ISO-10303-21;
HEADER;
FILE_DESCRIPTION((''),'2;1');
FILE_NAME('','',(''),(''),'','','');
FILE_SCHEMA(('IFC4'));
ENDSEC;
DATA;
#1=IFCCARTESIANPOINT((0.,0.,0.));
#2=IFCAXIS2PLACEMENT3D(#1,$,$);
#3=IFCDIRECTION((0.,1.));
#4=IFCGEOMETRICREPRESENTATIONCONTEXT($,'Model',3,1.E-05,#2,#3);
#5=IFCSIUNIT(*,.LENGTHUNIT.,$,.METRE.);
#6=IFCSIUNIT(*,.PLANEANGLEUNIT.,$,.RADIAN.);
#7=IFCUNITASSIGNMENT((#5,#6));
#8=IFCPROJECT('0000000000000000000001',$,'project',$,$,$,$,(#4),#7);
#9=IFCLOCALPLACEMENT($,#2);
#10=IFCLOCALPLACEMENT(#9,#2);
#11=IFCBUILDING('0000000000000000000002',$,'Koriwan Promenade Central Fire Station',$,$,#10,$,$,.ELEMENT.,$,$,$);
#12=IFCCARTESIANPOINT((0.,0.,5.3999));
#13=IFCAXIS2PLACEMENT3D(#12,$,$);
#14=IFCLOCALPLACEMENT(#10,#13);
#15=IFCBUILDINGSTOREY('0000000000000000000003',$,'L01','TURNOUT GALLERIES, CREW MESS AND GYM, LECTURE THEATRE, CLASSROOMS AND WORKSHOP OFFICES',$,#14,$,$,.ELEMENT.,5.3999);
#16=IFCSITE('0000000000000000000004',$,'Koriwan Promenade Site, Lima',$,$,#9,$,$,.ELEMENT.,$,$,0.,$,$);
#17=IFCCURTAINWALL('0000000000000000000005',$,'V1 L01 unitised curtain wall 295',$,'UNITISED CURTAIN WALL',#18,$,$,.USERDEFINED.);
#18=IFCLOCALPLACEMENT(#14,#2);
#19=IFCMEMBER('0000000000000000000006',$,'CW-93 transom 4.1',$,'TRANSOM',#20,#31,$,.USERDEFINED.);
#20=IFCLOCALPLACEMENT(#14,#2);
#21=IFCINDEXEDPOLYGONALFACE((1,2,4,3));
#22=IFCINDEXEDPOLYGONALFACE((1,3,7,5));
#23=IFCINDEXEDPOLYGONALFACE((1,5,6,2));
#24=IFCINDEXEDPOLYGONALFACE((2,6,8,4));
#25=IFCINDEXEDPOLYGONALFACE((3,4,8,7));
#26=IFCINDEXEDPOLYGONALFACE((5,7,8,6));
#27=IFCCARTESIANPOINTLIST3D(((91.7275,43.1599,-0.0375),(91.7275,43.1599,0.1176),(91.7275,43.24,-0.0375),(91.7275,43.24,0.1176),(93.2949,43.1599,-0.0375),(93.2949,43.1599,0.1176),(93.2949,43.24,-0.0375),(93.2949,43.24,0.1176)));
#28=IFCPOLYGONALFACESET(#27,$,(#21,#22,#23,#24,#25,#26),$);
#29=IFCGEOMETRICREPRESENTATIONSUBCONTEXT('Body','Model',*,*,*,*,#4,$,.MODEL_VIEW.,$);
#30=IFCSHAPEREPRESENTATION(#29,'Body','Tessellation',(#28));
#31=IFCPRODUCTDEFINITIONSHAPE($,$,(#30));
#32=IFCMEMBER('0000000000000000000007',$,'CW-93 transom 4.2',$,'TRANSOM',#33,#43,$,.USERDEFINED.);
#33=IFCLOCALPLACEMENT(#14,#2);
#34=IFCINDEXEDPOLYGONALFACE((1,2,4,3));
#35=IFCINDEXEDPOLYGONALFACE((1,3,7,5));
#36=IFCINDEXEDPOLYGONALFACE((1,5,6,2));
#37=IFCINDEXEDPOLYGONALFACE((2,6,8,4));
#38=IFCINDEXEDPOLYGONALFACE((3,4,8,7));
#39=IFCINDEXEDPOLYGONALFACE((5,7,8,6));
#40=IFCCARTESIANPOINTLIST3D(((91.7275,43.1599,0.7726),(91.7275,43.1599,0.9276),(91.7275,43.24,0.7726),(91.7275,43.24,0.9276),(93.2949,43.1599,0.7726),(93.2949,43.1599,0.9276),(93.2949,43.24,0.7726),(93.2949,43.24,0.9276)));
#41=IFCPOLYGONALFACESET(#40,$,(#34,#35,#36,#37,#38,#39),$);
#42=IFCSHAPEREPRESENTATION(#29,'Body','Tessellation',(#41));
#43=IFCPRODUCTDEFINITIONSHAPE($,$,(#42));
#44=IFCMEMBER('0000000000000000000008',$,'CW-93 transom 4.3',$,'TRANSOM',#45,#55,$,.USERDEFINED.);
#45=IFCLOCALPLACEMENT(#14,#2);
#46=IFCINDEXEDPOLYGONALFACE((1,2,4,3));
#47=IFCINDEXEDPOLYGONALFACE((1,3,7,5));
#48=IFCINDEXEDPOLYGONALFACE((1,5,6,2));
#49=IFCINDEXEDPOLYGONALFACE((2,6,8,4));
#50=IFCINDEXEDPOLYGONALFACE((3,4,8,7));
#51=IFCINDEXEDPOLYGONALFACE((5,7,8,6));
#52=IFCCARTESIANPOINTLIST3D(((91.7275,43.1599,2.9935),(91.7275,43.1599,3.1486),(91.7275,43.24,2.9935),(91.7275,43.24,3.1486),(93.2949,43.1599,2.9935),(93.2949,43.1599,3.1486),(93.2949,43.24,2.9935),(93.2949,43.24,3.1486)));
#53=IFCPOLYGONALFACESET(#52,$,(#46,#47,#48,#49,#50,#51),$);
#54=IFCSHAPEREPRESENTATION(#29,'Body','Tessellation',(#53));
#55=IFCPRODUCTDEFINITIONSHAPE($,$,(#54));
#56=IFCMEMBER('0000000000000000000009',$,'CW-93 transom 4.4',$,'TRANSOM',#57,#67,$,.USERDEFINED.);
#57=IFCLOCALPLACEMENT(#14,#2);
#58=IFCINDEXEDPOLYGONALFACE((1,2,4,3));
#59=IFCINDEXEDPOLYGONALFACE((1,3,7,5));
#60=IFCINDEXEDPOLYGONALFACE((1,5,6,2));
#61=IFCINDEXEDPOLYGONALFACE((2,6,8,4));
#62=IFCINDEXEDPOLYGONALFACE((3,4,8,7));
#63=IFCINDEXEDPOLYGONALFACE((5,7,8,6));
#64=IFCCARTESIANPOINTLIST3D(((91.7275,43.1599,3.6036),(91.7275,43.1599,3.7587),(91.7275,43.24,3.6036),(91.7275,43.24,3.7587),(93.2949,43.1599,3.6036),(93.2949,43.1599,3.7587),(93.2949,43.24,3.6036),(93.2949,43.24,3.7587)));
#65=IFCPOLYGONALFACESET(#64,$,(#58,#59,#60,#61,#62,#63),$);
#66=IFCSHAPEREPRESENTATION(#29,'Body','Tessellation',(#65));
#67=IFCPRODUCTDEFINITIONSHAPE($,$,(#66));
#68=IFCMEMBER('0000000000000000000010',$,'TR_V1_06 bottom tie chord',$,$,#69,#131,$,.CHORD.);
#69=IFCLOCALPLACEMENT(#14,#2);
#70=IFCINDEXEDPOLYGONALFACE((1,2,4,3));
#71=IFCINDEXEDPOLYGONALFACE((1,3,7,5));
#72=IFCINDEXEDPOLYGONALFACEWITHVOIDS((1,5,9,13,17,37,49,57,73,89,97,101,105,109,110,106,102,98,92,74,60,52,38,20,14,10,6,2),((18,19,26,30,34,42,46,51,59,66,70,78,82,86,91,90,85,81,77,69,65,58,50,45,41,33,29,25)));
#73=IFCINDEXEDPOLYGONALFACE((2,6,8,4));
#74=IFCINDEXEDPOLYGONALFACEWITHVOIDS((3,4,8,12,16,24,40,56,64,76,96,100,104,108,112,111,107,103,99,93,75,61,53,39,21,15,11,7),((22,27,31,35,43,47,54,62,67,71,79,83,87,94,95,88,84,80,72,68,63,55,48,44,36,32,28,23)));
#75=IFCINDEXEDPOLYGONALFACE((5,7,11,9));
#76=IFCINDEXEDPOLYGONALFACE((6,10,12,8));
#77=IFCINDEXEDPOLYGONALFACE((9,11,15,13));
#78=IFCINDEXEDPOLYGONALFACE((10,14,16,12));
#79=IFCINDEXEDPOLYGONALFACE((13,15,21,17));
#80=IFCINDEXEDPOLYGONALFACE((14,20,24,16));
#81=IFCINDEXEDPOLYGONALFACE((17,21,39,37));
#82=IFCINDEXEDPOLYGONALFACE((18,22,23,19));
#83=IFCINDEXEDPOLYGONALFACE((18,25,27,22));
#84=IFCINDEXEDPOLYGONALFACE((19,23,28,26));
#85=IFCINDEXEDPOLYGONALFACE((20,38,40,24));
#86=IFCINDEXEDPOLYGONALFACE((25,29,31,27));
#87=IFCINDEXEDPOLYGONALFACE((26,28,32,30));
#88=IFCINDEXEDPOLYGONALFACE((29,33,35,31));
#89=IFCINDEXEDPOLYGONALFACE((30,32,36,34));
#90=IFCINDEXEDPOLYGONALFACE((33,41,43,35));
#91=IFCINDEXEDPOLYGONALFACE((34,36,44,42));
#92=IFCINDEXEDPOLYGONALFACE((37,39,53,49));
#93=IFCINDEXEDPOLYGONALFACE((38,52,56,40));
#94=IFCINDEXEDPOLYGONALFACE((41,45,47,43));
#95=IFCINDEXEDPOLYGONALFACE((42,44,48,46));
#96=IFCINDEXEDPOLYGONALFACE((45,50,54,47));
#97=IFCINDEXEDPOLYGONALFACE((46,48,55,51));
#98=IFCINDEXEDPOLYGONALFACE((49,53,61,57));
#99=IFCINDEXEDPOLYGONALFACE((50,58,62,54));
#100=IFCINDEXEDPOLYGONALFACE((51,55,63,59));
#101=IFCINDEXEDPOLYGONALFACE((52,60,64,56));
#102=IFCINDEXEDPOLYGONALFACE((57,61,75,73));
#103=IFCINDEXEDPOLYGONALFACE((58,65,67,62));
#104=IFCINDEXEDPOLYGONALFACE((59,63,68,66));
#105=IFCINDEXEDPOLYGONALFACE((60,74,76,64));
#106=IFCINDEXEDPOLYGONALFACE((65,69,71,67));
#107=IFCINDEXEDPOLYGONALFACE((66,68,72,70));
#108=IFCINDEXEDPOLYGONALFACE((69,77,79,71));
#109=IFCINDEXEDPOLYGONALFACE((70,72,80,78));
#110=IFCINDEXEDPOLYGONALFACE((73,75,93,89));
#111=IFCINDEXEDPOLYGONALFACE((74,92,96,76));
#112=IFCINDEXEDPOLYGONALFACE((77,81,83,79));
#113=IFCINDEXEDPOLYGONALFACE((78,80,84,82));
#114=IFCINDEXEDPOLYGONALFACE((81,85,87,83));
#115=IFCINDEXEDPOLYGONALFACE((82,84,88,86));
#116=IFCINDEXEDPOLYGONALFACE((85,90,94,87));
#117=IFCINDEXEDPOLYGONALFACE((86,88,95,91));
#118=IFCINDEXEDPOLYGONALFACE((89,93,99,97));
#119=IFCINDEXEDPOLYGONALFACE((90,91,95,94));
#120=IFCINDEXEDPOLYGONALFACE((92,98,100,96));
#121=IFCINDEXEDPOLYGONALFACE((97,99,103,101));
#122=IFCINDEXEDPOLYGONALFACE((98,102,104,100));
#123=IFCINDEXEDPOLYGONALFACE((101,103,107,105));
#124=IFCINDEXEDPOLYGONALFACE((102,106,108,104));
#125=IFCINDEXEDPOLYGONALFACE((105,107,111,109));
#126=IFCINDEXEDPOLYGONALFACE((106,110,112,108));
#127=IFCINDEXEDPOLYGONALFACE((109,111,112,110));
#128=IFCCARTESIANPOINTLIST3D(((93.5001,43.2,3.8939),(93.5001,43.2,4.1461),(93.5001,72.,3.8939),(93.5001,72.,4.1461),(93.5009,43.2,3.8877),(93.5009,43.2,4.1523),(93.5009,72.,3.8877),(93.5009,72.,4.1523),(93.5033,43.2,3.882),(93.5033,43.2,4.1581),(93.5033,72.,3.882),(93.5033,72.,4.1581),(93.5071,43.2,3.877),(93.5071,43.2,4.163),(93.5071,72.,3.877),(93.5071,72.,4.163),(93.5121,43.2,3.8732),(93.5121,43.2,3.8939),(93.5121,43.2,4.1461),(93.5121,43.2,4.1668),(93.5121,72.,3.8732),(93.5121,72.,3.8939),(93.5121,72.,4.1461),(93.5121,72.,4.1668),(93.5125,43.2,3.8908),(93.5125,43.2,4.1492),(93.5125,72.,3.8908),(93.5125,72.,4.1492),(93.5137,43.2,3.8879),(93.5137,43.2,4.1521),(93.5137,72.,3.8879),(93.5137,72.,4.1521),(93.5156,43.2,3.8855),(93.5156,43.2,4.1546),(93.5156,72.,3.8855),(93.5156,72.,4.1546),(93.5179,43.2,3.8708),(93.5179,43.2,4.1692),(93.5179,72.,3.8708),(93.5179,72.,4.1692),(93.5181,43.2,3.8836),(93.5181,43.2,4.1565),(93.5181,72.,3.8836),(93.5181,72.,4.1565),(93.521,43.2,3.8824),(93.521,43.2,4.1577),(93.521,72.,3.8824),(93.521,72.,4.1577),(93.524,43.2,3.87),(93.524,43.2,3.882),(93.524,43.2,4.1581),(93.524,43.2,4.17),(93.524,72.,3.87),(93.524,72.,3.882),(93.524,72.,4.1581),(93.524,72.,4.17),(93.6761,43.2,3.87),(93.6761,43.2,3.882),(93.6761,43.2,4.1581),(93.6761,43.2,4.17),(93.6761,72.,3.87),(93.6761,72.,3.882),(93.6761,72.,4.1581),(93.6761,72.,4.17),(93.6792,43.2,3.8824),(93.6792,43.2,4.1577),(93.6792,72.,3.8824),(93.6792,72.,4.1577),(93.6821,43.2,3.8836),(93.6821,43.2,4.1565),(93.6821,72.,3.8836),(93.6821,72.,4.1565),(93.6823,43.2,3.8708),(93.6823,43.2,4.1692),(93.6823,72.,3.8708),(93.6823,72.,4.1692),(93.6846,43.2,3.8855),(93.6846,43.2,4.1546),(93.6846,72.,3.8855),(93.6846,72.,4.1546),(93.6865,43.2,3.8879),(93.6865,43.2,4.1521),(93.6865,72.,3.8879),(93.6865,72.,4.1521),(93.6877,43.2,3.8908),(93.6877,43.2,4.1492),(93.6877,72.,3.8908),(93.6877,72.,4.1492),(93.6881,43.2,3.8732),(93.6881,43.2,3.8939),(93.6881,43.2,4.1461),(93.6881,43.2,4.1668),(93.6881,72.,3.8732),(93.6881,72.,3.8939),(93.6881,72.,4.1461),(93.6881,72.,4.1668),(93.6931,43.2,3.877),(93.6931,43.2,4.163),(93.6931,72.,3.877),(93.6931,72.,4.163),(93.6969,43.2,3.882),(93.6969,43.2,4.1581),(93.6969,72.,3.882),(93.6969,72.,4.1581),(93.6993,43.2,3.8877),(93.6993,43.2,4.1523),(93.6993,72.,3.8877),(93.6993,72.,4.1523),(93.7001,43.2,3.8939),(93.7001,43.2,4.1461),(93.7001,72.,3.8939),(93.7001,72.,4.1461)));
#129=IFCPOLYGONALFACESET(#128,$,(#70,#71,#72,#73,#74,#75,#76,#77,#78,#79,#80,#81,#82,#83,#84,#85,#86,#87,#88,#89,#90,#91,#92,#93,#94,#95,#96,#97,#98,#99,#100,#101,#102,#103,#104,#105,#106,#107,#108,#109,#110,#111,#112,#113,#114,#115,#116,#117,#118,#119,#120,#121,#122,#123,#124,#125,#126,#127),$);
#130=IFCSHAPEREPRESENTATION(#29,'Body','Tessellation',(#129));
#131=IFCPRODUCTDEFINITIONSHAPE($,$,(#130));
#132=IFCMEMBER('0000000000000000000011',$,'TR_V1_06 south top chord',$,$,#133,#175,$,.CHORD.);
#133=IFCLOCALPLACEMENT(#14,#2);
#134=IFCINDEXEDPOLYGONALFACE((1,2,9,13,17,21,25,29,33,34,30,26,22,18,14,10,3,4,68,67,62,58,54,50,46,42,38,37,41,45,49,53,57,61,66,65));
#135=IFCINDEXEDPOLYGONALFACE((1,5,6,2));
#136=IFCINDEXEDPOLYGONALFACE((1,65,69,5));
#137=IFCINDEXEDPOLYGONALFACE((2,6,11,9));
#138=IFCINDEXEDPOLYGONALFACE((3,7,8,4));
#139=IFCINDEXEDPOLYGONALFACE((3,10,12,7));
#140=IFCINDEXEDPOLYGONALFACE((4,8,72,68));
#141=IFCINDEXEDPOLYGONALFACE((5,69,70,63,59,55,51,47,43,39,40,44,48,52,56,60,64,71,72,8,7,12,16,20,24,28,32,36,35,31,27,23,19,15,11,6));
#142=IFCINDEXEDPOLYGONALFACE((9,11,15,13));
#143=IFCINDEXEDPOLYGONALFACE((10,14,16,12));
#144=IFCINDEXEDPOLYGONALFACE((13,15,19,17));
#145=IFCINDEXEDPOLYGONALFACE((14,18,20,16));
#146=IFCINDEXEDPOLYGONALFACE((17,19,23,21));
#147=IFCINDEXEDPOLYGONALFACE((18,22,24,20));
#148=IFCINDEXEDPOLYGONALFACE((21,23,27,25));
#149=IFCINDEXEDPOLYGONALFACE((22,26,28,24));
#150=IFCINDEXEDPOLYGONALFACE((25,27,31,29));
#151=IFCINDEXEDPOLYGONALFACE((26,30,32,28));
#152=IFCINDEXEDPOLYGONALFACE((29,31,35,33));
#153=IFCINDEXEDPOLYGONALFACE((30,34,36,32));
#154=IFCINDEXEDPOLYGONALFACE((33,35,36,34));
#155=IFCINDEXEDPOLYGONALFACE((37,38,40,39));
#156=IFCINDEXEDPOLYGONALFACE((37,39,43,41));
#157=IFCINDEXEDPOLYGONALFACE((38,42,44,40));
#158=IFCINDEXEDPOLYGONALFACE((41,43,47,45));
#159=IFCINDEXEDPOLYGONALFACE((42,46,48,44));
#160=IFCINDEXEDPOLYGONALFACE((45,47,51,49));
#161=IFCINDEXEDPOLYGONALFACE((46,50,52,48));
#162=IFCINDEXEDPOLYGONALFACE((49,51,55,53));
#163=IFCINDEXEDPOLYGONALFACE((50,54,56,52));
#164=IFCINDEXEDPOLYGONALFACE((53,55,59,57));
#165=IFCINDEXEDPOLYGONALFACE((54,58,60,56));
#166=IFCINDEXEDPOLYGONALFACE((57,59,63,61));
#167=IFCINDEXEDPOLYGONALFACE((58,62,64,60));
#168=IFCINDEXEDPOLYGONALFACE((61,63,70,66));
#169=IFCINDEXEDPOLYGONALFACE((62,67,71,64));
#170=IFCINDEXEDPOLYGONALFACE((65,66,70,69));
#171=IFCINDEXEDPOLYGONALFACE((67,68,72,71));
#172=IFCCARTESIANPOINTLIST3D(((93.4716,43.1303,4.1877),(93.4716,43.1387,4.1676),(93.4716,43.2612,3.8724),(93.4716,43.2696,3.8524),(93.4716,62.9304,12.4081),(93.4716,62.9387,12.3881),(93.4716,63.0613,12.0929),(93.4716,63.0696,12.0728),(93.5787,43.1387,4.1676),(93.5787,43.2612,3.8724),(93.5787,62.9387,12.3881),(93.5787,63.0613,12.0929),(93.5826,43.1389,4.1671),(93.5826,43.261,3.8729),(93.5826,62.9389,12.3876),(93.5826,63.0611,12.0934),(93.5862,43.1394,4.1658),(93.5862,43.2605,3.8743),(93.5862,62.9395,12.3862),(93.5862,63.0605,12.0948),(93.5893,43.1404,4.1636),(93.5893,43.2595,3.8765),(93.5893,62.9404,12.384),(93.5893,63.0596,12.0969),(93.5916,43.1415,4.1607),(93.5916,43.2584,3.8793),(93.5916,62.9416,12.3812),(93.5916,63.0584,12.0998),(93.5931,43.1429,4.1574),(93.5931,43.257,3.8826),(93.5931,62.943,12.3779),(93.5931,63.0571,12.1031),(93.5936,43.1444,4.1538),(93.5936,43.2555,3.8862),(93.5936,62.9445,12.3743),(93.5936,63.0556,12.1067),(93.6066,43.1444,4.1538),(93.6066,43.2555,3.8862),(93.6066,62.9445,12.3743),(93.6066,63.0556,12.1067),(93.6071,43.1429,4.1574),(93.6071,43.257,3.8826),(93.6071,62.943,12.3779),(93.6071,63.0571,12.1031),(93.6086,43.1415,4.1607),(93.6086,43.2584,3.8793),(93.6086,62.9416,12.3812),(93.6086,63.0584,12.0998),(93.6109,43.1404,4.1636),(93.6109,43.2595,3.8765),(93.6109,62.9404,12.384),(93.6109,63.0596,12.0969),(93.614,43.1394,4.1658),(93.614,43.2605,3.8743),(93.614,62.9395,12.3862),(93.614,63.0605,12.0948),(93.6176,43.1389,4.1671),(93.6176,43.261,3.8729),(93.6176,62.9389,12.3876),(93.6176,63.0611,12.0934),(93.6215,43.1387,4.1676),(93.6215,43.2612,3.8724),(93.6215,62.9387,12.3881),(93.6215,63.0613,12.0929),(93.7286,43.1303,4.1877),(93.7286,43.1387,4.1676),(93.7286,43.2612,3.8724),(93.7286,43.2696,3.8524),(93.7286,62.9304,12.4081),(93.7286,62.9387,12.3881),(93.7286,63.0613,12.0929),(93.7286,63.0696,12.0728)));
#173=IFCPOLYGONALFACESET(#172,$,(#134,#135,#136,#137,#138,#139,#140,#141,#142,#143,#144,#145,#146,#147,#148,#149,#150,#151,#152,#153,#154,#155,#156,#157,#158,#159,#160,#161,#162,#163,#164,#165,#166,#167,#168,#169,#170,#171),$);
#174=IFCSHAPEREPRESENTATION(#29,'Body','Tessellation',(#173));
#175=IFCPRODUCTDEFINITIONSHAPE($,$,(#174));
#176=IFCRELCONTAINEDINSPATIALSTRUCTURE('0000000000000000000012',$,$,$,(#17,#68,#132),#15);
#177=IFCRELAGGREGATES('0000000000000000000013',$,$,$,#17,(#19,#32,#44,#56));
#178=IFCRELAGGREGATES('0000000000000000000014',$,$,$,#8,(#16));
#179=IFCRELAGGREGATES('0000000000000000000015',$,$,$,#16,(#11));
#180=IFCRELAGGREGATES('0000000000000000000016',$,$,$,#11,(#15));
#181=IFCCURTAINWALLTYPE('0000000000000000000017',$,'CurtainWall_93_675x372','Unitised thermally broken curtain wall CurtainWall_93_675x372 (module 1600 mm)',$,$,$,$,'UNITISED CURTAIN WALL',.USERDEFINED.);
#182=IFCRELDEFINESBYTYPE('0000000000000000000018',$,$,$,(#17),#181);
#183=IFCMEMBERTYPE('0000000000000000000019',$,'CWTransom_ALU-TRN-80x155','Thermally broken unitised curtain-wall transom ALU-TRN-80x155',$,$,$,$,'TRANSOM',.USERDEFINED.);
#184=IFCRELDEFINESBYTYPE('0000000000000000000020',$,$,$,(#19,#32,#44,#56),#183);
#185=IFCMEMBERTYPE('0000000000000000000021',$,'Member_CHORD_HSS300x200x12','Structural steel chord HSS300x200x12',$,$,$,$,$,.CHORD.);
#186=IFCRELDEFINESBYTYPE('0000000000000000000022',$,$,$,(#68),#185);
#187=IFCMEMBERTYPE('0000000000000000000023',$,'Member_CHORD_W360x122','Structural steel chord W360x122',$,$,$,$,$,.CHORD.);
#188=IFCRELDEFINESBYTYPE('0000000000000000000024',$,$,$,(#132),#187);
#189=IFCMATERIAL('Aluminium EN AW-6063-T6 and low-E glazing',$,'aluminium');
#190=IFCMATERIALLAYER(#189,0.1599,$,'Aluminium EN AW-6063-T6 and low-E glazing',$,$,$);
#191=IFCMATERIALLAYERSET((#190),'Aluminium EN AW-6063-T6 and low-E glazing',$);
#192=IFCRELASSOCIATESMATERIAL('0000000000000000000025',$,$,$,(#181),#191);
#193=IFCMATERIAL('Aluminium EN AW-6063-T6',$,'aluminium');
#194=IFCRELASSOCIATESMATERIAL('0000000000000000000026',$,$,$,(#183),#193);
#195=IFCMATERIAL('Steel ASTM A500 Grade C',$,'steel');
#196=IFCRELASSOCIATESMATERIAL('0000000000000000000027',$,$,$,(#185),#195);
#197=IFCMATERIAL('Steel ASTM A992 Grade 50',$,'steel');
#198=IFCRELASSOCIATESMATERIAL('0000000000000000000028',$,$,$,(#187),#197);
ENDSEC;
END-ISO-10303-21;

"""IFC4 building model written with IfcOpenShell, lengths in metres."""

from ifc_helpers import new_model, si_unit, direction, frame, origin, origin_2d, place, context, subcontext, project, spatial, rectangle, hollow_rectangle, i_section, extrude, material, layer, layer_set, material_profile, profile_set, type_object, element, aggregate, save


model = new_model("IFC4")

# Units and contexts
model_context = context("Model", 3, precision=1e-05, world=origin(), true_north=direction((0.0, 1.0)))
body_context = subcontext(model_context, "Body", "Model", "MODEL_VIEW")
ifc_project = project(units=[si_unit("LENGTHUNIT", "METRE"), si_unit("PLANEANGLEUNIT", "RADIAN")], contexts=[model_context])

# Site, building, storey
site_placement = place(None, origin())
site = spatial("IfcSite", under=ifc_project, at=site_placement, Name="Koriwan Promenade Site, Lima", CompositionType="ELEMENT", RefElevation=0.0)
building_placement = place(site_placement, origin())
building = spatial("IfcBuilding", under=site, at=building_placement, Name="Koriwan Promenade Central Fire Station", CompositionType="ELEMENT")
storey_placement = place(building_placement, frame((0.0, 0.0, 5.3999)))
storey = spatial("IfcBuildingStorey", under=building, at=storey_placement, Name="L01", Description="TURNOUT GALLERIES, CREW MESS AND GYM, LECTURE THEATRE, CLASSROOMS AND WORKSHOP OFFICES", CompositionType="ELEMENT", Elevation=5.3999)

# Curtain wall
ifc_material_1 = material(Name="Aluminium EN AW-6063-T6 and low-E glazing", Category="aluminium")
ifc_layer_1 = layer(ifc_material_1, 0.1599, Name="Aluminium EN AW-6063-T6 and low-E glazing")
ifc_layer_set_1 = layer_set([ifc_layer_1], Name="Aluminium EN AW-6063-T6 and low-E glazing")
curtain_wall_type = type_object("IfcCurtainWallType", Name="CurtainWall_93_675x372", Description="Unitised thermally broken curtain wall CurtainWall_93_675x372 (module 1600 mm)", ElementType="UNITISED CURTAIN WALL", PredefinedType="USERDEFINED", material=ifc_layer_set_1)
curtain_wall_1_placement = place(storey_placement, origin())
curtain_wall_1 = element("IfcCurtainWall", 1, at=curtain_wall_1_placement, inside=storey, type_object=curtain_wall_type, Name="V1 L01 unitised curtain wall 295", ObjectType="UNITISED CURTAIN WALL", PredefinedType="USERDEFINED")
ifc_material_2 = material(Name="Aluminium EN AW-6063-T6", Category="aluminium")

# Members
ifc_material_profile_1 = material_profile(ifc_material_2, rectangle(XDim=0.0801, YDim=0.155, at=origin_2d()), Name="ALU-TRN-80x155")
ifc_profile_set_1 = profile_set([ifc_material_profile_1], Name="Aluminium EN AW-6063-T6")
member_type_1 = type_object("IfcMemberType", Name="CWTransom_ALU-TRN-80x155", Description="Thermally broken unitised curtain-wall transom ALU-TRN-80x155", ElementType="TRANSOM", PredefinedType="USERDEFINED", material=ifc_profile_set_1)
member_1_placement = place(storey_placement, frame((91.7275, 43.2, 0.04), z_axis=(1.0, 0.0, 0.0), x_axis=(0.0, 1.0, 0.0)))
member_1 = element("IfcMember", 2, at=member_1_placement, type_object=member_type_1, Name="CW-93 transom 4.1", ObjectType="TRANSOM", PredefinedType="USERDEFINED", context=body_context, shape_type="SweptSolid", body=[
    extrude(rectangle(XDim=0.0801, YDim=0.155, at=origin_2d()), origin(), (0.0, 0.0, 1.0), 1.5674),
])
member_2_placement = place(storey_placement, frame((91.7275, 43.2, 0.8501), z_axis=(1.0, 0.0, 0.0), x_axis=(0.0, 1.0, 0.0)))
member_2 = element("IfcMember", 3, at=member_2_placement, type_object=member_type_1, Name="CW-93 transom 4.2", ObjectType="TRANSOM", PredefinedType="USERDEFINED", context=body_context, shape_type="SweptSolid", body=[
    extrude(rectangle(XDim=0.0801, YDim=0.155, at=origin_2d()), origin(), (0.0, 0.0, 1.0), 1.5674),
])
member_3_placement = place(storey_placement, frame((91.7275, 43.2, 3.071), z_axis=(1.0, 0.0, 0.0), x_axis=(0.0, 1.0, 0.0)))
member_3 = element("IfcMember", 4, at=member_3_placement, type_object=member_type_1, Name="CW-93 transom 4.3", ObjectType="TRANSOM", PredefinedType="USERDEFINED", context=body_context, shape_type="SweptSolid", body=[
    extrude(rectangle(XDim=0.0801, YDim=0.155, at=origin_2d()), origin(), (0.0, 0.0, 1.0), 1.5674),
])
member_4_placement = place(storey_placement, frame((91.7275, 43.2, 3.6812), z_axis=(1.0, 0.0, 0.0), x_axis=(0.0, 1.0, 0.0)))
member_4 = element("IfcMember", 5, at=member_4_placement, type_object=member_type_1, Name="CW-93 transom 4.4", ObjectType="TRANSOM", PredefinedType="USERDEFINED", context=body_context, shape_type="SweptSolid", body=[
    extrude(rectangle(XDim=0.0801, YDim=0.155, at=origin_2d()), origin(), (0.0, 0.0, 1.0), 1.5674),
])

# Members
ifc_material_3 = material(Name="Steel ASTM A500 Grade C", Category="steel")
ifc_material_profile_2 = material_profile(ifc_material_3, hollow_rectangle(XDim=0.2, YDim=0.3, WallThickness=0.012, InnerFilletRadius=0.012, OuterFilletRadius=0.0239, at=origin_2d()), Name="HSS300x200x12")
ifc_profile_set_2 = profile_set([ifc_material_profile_2], Name="Steel ASTM A500 Grade C")
member_type_2 = type_object("IfcMemberType", Name="Member_CHORD_HSS300x200x12", Description="Structural steel chord HSS300x200x12", PredefinedType="CHORD", material=ifc_profile_set_2)
member_5_placement = place(storey_placement, frame((93.6001, 43.2, 4.02), z_axis=(0.0, 1.0, 0.0), x_axis=(-1.0, 0.0, 0.0)))
element("IfcMember", 6, at=member_5_placement, inside=storey, type_object=member_type_2, Name="TR_V1_06 bottom tie chord", PredefinedType="CHORD", context=body_context, shape_type="SweptSolid", body=[
    extrude(hollow_rectangle(XDim=0.2, YDim=0.3, WallThickness=0.012, InnerFilletRadius=0.012, OuterFilletRadius=0.0239, at=origin_2d()), origin(), (0.0, 0.0, 1.0), 28.8),
])
ifc_material_4 = material(Name="Steel ASTM A992 Grade 50", Category="steel")
ifc_material_profile_3 = material_profile(ifc_material_4, i_section(OverallWidth=0.2571, OverallDepth=0.363, WebThickness=0.0129, FlangeThickness=0.0217, FilletRadius=0.0149, at=origin_2d()), Name="W360x122")
ifc_profile_set_3 = profile_set([ifc_material_profile_3], Name="Steel ASTM A992 Grade 50")
member_type_3 = type_object("IfcMemberType", Name="Member_CHORD_W360x122", Description="Structural steel chord W360x122", PredefinedType="CHORD", material=ifc_profile_set_3)
member_6_placement = place(storey_placement, frame((93.6001, 43.2, 4.02), z_axis=(0.0, 0.923566, 0.38344), x_axis=(-1.0, 0.0, 0.0)))
element("IfcMember", 7, at=member_6_placement, inside=storey, type_object=member_type_3, Name="TR_V1_06 south top chord", PredefinedType="CHORD", context=body_context, shape_type="SweptSolid", body=[
    extrude(i_section(OverallWidth=0.2571, OverallDepth=0.363, WebThickness=0.0129, FlangeThickness=0.0217, FilletRadius=0.0149, at=origin_2d()), origin(), (0.0, 0.0, 1.0), 21.4387),
])

aggregate(curtain_wall_1, [member_1, member_2, member_3, member_4])

save(model, "model.ifc")
